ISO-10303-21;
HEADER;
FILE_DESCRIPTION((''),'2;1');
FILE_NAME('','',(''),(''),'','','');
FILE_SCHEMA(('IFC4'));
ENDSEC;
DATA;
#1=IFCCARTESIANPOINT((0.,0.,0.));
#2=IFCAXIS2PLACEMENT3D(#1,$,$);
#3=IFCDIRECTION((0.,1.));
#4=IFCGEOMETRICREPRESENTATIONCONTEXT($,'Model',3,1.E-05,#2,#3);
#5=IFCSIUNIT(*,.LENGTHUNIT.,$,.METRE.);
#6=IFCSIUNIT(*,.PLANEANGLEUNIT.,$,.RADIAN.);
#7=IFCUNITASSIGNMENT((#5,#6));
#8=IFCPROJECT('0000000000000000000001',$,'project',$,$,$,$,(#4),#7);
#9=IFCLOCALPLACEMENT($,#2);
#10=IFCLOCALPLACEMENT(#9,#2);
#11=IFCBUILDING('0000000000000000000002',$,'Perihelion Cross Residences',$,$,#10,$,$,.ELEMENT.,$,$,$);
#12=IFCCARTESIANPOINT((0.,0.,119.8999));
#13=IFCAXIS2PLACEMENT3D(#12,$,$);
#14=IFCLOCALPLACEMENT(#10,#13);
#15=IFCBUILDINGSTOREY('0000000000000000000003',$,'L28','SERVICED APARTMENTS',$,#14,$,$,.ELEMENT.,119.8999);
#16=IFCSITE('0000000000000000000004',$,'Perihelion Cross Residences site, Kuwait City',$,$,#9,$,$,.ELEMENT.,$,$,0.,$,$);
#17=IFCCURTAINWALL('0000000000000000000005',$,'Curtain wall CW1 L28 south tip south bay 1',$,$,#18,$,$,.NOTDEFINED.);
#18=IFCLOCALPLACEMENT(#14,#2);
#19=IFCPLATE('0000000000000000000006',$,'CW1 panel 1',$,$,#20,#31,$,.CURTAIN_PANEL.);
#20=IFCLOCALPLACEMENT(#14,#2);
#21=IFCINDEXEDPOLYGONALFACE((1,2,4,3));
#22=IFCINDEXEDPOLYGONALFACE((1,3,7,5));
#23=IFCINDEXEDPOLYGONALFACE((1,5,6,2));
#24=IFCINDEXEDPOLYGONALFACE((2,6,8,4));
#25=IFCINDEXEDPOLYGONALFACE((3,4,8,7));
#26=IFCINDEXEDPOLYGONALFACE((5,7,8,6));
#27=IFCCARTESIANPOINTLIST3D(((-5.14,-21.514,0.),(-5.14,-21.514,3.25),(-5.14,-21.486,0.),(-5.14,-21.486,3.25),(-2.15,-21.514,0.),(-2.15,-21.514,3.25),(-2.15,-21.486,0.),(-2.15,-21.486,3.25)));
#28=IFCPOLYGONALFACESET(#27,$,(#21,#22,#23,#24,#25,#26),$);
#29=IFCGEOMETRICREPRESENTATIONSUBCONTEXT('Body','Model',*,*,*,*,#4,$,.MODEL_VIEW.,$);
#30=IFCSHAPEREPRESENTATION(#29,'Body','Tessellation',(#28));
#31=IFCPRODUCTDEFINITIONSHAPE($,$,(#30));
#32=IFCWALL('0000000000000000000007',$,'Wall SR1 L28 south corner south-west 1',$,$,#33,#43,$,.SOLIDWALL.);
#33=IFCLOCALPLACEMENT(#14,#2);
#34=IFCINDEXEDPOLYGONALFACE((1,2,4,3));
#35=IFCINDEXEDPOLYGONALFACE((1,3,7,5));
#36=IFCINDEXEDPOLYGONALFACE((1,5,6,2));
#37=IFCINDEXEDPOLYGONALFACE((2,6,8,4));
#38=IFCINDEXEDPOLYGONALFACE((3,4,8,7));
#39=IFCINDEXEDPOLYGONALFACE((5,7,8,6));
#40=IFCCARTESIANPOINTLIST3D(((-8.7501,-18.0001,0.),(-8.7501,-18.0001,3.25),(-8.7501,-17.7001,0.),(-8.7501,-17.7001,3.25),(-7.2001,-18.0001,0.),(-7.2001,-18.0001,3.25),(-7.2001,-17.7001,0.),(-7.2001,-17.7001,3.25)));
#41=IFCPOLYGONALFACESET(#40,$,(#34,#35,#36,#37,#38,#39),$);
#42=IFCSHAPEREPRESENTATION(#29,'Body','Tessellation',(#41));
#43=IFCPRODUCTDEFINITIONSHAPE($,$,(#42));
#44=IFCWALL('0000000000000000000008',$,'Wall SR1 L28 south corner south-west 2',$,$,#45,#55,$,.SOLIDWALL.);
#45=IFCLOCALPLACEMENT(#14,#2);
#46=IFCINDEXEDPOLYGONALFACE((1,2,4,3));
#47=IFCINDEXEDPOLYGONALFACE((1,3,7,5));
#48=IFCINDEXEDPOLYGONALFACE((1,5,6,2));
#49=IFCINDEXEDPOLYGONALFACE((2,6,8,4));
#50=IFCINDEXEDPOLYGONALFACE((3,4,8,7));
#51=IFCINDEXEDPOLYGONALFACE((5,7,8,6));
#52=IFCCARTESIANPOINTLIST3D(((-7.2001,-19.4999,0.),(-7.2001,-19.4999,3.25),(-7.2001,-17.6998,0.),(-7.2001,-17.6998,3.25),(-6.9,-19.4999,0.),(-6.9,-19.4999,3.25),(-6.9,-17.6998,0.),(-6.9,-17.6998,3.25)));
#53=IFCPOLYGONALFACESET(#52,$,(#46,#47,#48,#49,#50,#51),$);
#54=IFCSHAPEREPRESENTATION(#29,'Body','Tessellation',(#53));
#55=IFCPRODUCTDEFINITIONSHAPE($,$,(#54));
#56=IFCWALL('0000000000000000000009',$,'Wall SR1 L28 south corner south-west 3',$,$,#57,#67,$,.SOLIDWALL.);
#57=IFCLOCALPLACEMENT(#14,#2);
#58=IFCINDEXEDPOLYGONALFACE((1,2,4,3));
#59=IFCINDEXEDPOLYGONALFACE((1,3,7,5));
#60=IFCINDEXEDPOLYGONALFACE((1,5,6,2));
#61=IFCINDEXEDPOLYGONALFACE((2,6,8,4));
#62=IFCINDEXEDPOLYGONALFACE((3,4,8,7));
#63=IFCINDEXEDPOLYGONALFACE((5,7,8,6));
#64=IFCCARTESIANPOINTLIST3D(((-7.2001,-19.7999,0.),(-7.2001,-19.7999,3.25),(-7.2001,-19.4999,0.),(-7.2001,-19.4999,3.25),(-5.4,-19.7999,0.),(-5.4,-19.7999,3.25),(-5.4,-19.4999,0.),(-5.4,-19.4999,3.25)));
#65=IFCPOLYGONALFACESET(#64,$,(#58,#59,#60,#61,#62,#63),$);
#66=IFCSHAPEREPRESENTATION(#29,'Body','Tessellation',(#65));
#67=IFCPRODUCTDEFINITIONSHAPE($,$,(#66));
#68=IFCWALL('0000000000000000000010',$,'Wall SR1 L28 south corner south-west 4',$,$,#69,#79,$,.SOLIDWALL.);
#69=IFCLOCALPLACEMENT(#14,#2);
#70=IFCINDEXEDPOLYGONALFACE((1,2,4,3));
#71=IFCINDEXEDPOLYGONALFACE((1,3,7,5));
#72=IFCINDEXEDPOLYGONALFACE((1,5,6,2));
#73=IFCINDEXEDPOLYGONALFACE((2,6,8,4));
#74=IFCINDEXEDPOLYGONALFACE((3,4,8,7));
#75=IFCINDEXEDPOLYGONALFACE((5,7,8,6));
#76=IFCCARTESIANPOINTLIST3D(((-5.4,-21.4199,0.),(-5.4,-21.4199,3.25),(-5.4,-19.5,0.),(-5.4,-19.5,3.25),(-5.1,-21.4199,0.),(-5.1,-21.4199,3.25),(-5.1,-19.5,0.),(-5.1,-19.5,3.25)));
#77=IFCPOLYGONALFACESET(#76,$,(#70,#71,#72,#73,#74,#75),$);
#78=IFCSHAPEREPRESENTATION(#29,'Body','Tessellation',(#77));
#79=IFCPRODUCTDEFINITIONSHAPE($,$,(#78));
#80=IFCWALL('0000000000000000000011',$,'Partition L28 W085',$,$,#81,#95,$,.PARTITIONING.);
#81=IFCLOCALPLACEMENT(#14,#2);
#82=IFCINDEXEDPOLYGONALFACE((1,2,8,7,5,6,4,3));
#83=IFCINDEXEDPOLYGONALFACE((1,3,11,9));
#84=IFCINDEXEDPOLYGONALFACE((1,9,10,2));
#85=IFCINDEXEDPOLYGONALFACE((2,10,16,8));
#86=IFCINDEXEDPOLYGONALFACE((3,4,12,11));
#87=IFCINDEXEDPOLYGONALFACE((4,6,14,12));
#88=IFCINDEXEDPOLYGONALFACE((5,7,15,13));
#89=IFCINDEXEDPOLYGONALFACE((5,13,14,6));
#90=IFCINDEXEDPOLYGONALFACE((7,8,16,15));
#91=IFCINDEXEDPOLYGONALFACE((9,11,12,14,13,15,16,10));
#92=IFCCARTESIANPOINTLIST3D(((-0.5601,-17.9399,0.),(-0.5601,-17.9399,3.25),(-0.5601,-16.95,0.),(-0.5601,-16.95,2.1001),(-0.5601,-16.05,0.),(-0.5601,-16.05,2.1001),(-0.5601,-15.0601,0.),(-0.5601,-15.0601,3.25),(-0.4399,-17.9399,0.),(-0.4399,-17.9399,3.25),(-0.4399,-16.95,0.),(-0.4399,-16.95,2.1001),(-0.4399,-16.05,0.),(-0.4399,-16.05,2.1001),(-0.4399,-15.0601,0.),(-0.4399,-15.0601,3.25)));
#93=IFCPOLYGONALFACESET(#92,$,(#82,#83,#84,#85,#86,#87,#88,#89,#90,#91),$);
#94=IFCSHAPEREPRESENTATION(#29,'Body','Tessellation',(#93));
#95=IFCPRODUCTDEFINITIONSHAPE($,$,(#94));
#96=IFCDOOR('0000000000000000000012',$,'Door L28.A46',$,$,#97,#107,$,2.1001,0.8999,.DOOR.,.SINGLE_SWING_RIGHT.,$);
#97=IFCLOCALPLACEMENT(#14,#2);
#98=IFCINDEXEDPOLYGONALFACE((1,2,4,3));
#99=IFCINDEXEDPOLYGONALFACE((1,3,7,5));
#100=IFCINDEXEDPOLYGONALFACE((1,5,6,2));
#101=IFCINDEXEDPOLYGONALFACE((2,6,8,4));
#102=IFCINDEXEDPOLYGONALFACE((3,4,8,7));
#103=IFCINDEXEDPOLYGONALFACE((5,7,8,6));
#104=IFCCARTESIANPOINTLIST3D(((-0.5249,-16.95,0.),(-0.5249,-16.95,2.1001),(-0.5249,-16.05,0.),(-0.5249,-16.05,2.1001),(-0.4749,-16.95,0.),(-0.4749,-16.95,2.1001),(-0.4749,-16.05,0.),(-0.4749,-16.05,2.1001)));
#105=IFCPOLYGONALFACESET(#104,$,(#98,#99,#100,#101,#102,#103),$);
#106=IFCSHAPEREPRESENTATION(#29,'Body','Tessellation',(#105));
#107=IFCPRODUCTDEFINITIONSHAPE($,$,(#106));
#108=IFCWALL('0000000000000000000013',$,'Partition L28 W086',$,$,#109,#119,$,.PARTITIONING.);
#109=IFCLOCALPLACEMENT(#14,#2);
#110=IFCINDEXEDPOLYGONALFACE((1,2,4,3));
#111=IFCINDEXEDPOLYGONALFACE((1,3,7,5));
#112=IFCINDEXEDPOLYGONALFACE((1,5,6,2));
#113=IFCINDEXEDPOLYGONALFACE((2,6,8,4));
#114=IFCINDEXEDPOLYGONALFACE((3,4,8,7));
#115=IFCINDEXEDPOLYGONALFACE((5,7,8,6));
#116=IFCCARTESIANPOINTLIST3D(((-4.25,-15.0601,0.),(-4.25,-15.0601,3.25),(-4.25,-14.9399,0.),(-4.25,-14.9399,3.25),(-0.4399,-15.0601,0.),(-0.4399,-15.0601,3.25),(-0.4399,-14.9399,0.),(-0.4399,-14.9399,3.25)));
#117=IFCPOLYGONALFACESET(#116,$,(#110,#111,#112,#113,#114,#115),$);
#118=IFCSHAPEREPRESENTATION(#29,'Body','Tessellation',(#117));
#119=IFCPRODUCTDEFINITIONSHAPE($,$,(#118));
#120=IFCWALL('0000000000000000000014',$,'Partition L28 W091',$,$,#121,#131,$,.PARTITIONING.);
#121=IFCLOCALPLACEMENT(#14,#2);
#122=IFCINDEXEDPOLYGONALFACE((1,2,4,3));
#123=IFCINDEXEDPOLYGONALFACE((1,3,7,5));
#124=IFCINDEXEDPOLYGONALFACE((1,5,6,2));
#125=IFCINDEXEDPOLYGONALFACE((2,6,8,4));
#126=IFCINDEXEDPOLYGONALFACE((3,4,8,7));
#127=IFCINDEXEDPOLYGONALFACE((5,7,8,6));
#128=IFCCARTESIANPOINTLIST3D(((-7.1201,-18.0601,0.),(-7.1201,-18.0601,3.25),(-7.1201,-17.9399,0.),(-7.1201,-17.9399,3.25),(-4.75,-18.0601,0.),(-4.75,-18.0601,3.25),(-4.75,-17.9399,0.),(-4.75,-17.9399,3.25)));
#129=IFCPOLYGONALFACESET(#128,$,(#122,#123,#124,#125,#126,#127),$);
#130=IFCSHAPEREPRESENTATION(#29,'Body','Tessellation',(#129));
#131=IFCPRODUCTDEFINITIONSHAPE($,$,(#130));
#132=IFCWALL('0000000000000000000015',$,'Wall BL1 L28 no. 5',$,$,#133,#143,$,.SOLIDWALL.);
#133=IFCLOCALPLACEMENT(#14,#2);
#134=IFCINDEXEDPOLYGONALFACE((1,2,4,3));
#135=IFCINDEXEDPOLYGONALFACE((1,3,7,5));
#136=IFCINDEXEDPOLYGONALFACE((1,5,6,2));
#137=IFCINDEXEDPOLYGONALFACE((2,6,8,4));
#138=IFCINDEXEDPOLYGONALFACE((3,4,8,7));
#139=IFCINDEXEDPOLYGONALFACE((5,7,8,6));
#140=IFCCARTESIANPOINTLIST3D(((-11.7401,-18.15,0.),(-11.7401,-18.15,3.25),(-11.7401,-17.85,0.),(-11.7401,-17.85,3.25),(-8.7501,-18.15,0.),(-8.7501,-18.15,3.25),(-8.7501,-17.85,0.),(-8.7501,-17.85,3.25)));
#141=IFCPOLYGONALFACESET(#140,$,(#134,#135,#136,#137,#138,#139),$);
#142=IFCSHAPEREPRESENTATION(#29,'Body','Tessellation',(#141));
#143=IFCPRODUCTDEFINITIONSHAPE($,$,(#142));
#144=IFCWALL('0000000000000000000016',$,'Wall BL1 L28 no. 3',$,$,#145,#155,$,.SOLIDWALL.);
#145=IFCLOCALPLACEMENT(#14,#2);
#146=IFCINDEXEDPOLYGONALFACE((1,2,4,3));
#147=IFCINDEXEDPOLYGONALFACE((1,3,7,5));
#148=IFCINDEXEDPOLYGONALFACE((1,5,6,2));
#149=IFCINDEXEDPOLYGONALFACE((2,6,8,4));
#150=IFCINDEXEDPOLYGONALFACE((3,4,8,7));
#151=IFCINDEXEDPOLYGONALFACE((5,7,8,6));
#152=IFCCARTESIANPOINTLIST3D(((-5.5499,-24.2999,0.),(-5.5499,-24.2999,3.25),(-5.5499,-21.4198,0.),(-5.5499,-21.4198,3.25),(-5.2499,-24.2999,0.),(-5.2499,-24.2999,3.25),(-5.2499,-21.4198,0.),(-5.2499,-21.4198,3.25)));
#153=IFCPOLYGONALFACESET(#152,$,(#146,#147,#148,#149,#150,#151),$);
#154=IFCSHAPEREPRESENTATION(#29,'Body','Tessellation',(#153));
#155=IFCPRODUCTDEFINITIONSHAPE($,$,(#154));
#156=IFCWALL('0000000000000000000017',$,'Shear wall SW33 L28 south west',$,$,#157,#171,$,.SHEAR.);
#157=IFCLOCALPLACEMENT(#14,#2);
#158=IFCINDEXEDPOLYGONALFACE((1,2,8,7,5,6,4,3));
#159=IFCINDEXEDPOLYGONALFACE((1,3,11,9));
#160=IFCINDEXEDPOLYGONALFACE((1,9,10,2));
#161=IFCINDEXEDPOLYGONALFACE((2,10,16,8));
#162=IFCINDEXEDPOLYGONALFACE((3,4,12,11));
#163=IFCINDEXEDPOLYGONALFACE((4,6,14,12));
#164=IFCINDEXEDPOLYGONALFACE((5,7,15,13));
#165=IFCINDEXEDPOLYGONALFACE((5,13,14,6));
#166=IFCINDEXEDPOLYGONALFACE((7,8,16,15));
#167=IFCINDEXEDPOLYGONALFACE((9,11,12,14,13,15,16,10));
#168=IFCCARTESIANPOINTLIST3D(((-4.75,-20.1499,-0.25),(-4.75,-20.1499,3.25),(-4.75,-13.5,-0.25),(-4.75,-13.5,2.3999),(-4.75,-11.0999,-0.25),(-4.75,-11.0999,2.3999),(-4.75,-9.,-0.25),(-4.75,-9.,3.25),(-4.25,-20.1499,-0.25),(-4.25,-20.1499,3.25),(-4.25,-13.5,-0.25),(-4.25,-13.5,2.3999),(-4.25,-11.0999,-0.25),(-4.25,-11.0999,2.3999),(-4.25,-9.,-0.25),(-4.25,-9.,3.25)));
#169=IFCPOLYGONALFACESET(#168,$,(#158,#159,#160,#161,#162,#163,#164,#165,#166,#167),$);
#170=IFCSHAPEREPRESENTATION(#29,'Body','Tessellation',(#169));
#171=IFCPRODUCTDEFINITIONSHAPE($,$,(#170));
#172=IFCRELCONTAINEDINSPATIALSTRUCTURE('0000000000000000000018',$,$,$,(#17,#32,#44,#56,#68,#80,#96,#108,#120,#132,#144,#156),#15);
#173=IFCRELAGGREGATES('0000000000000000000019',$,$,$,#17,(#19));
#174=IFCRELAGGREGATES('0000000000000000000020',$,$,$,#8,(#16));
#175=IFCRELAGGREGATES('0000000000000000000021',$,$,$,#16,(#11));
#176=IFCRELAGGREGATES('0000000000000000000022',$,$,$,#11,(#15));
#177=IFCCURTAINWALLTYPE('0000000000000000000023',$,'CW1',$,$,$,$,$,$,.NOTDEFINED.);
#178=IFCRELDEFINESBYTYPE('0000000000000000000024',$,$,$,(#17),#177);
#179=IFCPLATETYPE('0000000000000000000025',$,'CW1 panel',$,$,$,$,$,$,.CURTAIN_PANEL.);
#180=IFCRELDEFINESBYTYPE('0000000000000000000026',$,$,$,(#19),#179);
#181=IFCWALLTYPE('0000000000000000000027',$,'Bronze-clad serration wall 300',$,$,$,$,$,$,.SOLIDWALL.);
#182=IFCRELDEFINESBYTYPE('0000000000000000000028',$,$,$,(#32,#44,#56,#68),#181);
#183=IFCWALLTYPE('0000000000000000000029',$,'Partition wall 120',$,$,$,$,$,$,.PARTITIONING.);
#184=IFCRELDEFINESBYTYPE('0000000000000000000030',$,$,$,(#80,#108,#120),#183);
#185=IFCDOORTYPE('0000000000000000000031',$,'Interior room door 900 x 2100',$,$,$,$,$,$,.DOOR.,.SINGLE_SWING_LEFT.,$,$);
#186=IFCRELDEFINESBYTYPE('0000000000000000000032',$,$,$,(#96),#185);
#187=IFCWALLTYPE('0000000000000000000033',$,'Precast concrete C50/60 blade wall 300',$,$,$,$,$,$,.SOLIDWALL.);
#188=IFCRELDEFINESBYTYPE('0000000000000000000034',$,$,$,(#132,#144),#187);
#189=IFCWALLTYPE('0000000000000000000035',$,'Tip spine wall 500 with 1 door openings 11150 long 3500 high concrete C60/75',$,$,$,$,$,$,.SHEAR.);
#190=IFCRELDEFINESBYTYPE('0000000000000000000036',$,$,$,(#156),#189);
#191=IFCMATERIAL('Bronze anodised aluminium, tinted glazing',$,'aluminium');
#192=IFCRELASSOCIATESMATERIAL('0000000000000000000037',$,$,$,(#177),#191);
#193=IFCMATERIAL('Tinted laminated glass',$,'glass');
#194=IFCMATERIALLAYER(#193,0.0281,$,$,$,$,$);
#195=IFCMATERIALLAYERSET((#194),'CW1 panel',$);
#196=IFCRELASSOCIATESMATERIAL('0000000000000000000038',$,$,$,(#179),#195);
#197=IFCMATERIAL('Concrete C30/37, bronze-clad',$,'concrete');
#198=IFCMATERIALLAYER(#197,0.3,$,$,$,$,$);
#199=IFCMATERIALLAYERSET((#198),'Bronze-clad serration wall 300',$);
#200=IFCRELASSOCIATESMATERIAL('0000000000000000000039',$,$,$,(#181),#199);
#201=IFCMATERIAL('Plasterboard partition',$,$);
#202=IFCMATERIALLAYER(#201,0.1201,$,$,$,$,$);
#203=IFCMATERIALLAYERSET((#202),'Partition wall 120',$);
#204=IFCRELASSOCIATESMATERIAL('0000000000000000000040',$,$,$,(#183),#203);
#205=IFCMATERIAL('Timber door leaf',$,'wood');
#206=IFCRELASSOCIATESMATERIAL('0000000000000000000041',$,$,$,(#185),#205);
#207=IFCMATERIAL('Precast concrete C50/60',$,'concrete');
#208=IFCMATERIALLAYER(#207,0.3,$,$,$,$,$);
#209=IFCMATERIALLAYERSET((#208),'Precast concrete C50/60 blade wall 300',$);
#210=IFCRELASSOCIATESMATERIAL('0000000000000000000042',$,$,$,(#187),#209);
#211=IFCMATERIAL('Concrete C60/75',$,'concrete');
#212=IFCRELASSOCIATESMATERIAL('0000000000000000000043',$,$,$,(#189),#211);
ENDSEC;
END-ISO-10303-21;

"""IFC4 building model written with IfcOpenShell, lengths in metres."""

from ifc_helpers import new_model, si_unit, direction, frame, frame_2d, origin, origin_2d, place, context, subcontext, project, spatial, polyline, rectangle, outline, extrude, material, layer, layer_set, material_profile, profile_set, type_object, element, fill, aggregate, save


model = new_model("IFC4")

# Units and contexts
model_context = context("Model", 3, precision=1e-05, world=origin(), true_north=direction((0.0, 1.0)))
body_context = subcontext(model_context, "Body", "Model", "MODEL_VIEW")
ifc_project = project(units=[si_unit("LENGTHUNIT", "METRE"), si_unit("PLANEANGLEUNIT", "RADIAN")], contexts=[model_context])

# Site, building, storey
site_placement = place(None, origin())
site = spatial("IfcSite", under=ifc_project, at=site_placement, Name="Perihelion Cross Residences site, Kuwait City", CompositionType="ELEMENT", RefElevation=0.0)
building_placement = place(site_placement, origin())
building = spatial("IfcBuilding", under=site, at=building_placement, Name="Perihelion Cross Residences", CompositionType="ELEMENT")
storey_placement = place(building_placement, frame((0.0, 0.0, 119.8999)))
storey = spatial("IfcBuildingStorey", under=building, at=storey_placement, Name="L28", Description="SERVICED APARTMENTS", CompositionType="ELEMENT", Elevation=119.8999)

# Curtain wall
ifc_material_1 = material(Name="Bronze anodised aluminium, tinted glazing", Category="aluminium")
curtain_wall_type = type_object("IfcCurtainWallType", Name="CW1", PredefinedType="NOTDEFINED", material=ifc_material_1)
curtain_wall_1_placement = place(storey_placement, origin())
curtain_wall_1 = element("IfcCurtainWall", 1, at=curtain_wall_1_placement, inside=storey, type_object=curtain_wall_type, Name="Curtain wall CW1 L28 south tip south bay 1", PredefinedType="NOTDEFINED")

# Shared definitions
ifc_material_2 = material(Name="Tinted laminated glass", Category="glass")
ifc_layer_1 = layer(ifc_material_2, 0.0281)
ifc_layer_set_1 = layer_set([ifc_layer_1], Name="CW1 panel")
plate_type = type_object("IfcPlateType", Name="CW1 panel", PredefinedType="CURTAIN_PANEL", material=ifc_layer_set_1)

# Plate
plate_1_placement = place(storey_placement, frame((-3.645, -21.5, 0.0), z_axis=(0.0, 0.0, 1.0), x_axis=(1.0, 0.0, 0.0)))
plate_1 = element("IfcPlate", 2, at=plate_1_placement, type_object=plate_type, Name="CW1 panel 1", PredefinedType="CURTAIN_PANEL", context=body_context, shape_type="SweptSolid", body=[
    extrude(rectangle(XDim=2.99, YDim=0.0281, at=origin_2d()), origin(), (0.0, 0.0, 1.0), 3.25),
])
aggregate(curtain_wall_1, [plate_1])

# Walls
ifc_material_3 = material(Name="Concrete C30/37, bronze-clad", Category="concrete")
ifc_layer_2 = layer(ifc_material_3, 0.3)
ifc_layer_set_2 = layer_set([ifc_layer_2], Name="Bronze-clad serration wall 300")
wall_type_1 = type_object("IfcWallType", Name="Bronze-clad serration wall 300", PredefinedType="SOLIDWALL", material=ifc_layer_set_2)
wall_1_placement = place(storey_placement, frame((-8.75, -17.8501, 0.0), z_axis=(0.0, 0.0, 1.0), x_axis=(1.0, 0.0, 0.0)))
element("IfcWall", 3, at=wall_1_placement, inside=storey, type_object=wall_type_1, Name="Wall SR1 L28 south corner south-west 1", PredefinedType="SOLIDWALL", context=body_context, shape_type="SweptSolid", body=[
    extrude(rectangle(XDim=1.55, YDim=0.3, at=frame_2d((0.7749, 0.0))), origin(), (0.0, 0.0, 1.0), 3.25),
])
for number, where, z_axis, x_axis, name in (
    (4, (-7.05, -17.7, 0.0), (0.0, 0.0, 1.0), (0.0, -1.0, 0.0), "Wall SR1 L28 south corner south-west 2"),
    (5, (-7.2, -19.6499, 0.0), (0.0, 0.0, 1.0), (1.0, 0.0, 0.0), "Wall SR1 L28 south corner south-west 3"),
):
    element("IfcWall", number, at=place(storey_placement, frame(where, z_axis=z_axis, x_axis=x_axis)), inside=storey, type_object=wall_type_1, Name=name, PredefinedType="SOLIDWALL", context=body_context, shape_type="SweptSolid", body=[
        extrude(rectangle(XDim=1.8, YDim=0.3, at=frame_2d((0.8999, 0.0))), origin(), (0.0, 0.0, 1.0), 3.25),
    ])
wall_2_placement = place(storey_placement, frame((-5.25, -19.5, 0.0), z_axis=(0.0, 0.0, 1.0), x_axis=(0.0, -1.0, 0.0)))
element("IfcWall", 6, at=wall_2_placement, inside=storey, type_object=wall_type_1, Name="Wall SR1 L28 south corner south-west 4", PredefinedType="SOLIDWALL", context=body_context, shape_type="SweptSolid", body=[
    extrude(rectangle(XDim=1.9199, YDim=0.3, at=frame_2d((0.96, 0.0))), origin(), (0.0, 0.0, 1.0), 3.25),
])

# Wall, opening, door
ifc_material_4 = material(Name="Plasterboard partition")
ifc_layer_3 = layer(ifc_material_4, 0.1201)
ifc_layer_set_3 = layer_set([ifc_layer_3], Name="Partition wall 120")
wall_type_2 = type_object("IfcWallType", Name="Partition wall 120", PredefinedType="PARTITIONING", material=ifc_layer_set_3)
wall_3_placement = place(storey_placement, frame((-0.5, -17.9399, 0.0), z_axis=(0.0, 0.0, 1.0), x_axis=(0.0, 1.0, 0.0)))
wall_3 = element("IfcWall", 7, at=wall_3_placement, inside=storey, type_object=wall_type_2, Name="Partition L28 W085", PredefinedType="PARTITIONING", context=body_context, shape_type="SweptSolid", body=[
    extrude(rectangle(XDim=2.8799, YDim=0.1201, at=frame_2d((1.4399, 0.0))), origin(), (0.0, 0.0, 1.0), 3.25),
])
opening_1_placement = place(wall_3_placement, frame((0.99, 0.0, 0.0)))
opening_1 = element("IfcOpeningElement", 8, at=opening_1_placement, cuts=wall_3, PredefinedType="OPENING", context=body_context, shape_type="SweptSolid", body=[
    extrude(rectangle(XDim=0.8999, YDim=2.1001, at=frame_2d((0.45, 1.05))), frame((0.0, 0.0701, 0.0), z_axis=(0.0, -1.0, 0.0), x_axis=(1.0, 0.0, 0.0)), (0.0, 0.0, 1.0), 0.1401),
])
ifc_material_5 = material(Name="Timber door leaf", Category="wood")
door_type_1 = type_object("IfcDoorType", Name="Interior room door 900 x 2100", OperationType="SINGLE_SWING_LEFT", PredefinedType="DOOR", material=ifc_material_5)
door_1_placement = place(opening_1_placement, origin())
door_1 = element("IfcDoor", 9, at=door_1_placement, inside=storey, type_object=door_type_1, Name="Door L28.A46", OperationType="SINGLE_SWING_RIGHT", OverallHeight=2.1001, OverallWidth=0.8999, PredefinedType="DOOR", context=body_context, shape_type="SweptSolid", body=[
    extrude(rectangle(XDim=0.8999, YDim=2.1001, at=frame_2d((0.45, 1.05))), frame((0.0, 0.0249, 0.0), z_axis=(0.0, -1.0, 0.0), x_axis=(1.0, 0.0, 0.0)), (0.0, 0.0, 1.0), 0.05),
])
fill(opening_1, door_1)

# Walls
wall_4_placement = place(storey_placement, frame((-0.4399, -15.0, 0.0), z_axis=(0.0, 0.0, 1.0), x_axis=(-1.0, 0.0, 0.0)))
element("IfcWall", 10, at=wall_4_placement, inside=storey, type_object=wall_type_2, Name="Partition L28 W086", PredefinedType="PARTITIONING", context=body_context, shape_type="SweptSolid", body=[
    extrude(rectangle(XDim=3.8101, YDim=0.1201, at=frame_2d((1.905, 0.0))), origin(), (0.0, 0.0, 1.0), 3.25),
])
wall_5_placement = place(storey_placement, frame((-4.75, -18.0, 0.0), z_axis=(0.0, 0.0, 1.0), x_axis=(-1.0, 0.0, 0.0)))
element("IfcWall", 11, at=wall_5_placement, inside=storey, type_object=wall_type_2, Name="Partition L28 W091", PredefinedType="PARTITIONING", context=body_context, shape_type="SweptSolid", body=[
    extrude(rectangle(XDim=2.3701, YDim=0.1201, at=frame_2d((1.1851, 0.0))), origin(), (0.0, 0.0, 1.0), 3.25),
])
ifc_material_6 = material(Name="Precast concrete C50/60", Category="concrete")
ifc_layer_4 = layer(ifc_material_6, 0.3)
ifc_layer_set_4 = layer_set([ifc_layer_4], Name="Precast concrete C50/60 blade wall 300")
wall_type_3 = type_object("IfcWallType", Name="Precast concrete C50/60 blade wall 300", PredefinedType="SOLIDWALL", material=ifc_layer_set_4)
wall_6_placement = place(storey_placement, frame((-8.75, -18.0, 0.0), z_axis=(0.0, 0.0, 1.0), x_axis=(-1.0, 0.0, 0.0)))
element("IfcWall", 12, at=wall_6_placement, inside=storey, type_object=wall_type_3, Name="Wall BL1 L28 no. 5", PredefinedType="SOLIDWALL", context=body_context, shape_type="SweptSolid", body=[
    extrude(rectangle(XDim=2.99, YDim=0.3, at=frame_2d((1.4951, 0.0))), origin(), (0.0, 0.0, 1.0), 3.25),
])
wall_7_placement = place(storey_placement, frame((-5.3999, -21.4199, 0.0), z_axis=(0.0, 0.0, 1.0), x_axis=(0.0, -1.0, 0.0)))
element("IfcWall", 13, at=wall_7_placement, inside=storey, type_object=wall_type_3, Name="Wall BL1 L28 no. 3", PredefinedType="SOLIDWALL", context=body_context, shape_type="SweptSolid", body=[
    extrude(rectangle(XDim=2.8801, YDim=0.3, at=frame_2d((1.4399, 0.0))), origin(), (0.0, 0.0, 1.0), 3.25),
])
ifc_material_7 = material(Name="Concrete C60/75", Category="concrete")
ifc_material_profile_1 = material_profile(ifc_material_7, outline(polyline([(0.0, 0.0), (6.6499, 0.0), (6.6499, 2.6499), (9.05, 2.6499), (9.05, 0.0), (11.1499, 0.0), (11.1499, 3.5), (0.0, 3.5), (0.0, 0.0)])), Name="Tip spine wall")
ifc_profile_set_1 = profile_set([ifc_material_profile_1], Name="Concrete C60/75")
wall_type_4 = type_object("IfcWallType", Name="Tip spine wall 500 with 1 door openings 11150 long 3500 high concrete C60/75", PredefinedType="SHEAR", material=ifc_profile_set_1)
wall_8_placement = place(storey_placement, frame((-4.75, -20.1499, -0.25), z_axis=(1.0, 0.0, 0.0), x_axis=(0.0, 1.0, 0.0)))
element("IfcWall", 14, at=wall_8_placement, inside=storey, type_object=wall_type_4, Name="Shear wall SW33 L28 south west", PredefinedType="SHEAR", context=body_context, shape_type="SweptSolid", body=[
    extrude(outline(polyline([(0.0, 0.0), (6.6499, 0.0), (6.6499, 2.6499), (9.05, 2.6499), (9.05, 0.0), (11.1499, 0.0), (11.1499, 3.5), (0.0, 3.5), (0.0, 0.0)])), origin(), (0.0, 0.0, 1.0), 0.5),
])

save(model, "model.ifc")
